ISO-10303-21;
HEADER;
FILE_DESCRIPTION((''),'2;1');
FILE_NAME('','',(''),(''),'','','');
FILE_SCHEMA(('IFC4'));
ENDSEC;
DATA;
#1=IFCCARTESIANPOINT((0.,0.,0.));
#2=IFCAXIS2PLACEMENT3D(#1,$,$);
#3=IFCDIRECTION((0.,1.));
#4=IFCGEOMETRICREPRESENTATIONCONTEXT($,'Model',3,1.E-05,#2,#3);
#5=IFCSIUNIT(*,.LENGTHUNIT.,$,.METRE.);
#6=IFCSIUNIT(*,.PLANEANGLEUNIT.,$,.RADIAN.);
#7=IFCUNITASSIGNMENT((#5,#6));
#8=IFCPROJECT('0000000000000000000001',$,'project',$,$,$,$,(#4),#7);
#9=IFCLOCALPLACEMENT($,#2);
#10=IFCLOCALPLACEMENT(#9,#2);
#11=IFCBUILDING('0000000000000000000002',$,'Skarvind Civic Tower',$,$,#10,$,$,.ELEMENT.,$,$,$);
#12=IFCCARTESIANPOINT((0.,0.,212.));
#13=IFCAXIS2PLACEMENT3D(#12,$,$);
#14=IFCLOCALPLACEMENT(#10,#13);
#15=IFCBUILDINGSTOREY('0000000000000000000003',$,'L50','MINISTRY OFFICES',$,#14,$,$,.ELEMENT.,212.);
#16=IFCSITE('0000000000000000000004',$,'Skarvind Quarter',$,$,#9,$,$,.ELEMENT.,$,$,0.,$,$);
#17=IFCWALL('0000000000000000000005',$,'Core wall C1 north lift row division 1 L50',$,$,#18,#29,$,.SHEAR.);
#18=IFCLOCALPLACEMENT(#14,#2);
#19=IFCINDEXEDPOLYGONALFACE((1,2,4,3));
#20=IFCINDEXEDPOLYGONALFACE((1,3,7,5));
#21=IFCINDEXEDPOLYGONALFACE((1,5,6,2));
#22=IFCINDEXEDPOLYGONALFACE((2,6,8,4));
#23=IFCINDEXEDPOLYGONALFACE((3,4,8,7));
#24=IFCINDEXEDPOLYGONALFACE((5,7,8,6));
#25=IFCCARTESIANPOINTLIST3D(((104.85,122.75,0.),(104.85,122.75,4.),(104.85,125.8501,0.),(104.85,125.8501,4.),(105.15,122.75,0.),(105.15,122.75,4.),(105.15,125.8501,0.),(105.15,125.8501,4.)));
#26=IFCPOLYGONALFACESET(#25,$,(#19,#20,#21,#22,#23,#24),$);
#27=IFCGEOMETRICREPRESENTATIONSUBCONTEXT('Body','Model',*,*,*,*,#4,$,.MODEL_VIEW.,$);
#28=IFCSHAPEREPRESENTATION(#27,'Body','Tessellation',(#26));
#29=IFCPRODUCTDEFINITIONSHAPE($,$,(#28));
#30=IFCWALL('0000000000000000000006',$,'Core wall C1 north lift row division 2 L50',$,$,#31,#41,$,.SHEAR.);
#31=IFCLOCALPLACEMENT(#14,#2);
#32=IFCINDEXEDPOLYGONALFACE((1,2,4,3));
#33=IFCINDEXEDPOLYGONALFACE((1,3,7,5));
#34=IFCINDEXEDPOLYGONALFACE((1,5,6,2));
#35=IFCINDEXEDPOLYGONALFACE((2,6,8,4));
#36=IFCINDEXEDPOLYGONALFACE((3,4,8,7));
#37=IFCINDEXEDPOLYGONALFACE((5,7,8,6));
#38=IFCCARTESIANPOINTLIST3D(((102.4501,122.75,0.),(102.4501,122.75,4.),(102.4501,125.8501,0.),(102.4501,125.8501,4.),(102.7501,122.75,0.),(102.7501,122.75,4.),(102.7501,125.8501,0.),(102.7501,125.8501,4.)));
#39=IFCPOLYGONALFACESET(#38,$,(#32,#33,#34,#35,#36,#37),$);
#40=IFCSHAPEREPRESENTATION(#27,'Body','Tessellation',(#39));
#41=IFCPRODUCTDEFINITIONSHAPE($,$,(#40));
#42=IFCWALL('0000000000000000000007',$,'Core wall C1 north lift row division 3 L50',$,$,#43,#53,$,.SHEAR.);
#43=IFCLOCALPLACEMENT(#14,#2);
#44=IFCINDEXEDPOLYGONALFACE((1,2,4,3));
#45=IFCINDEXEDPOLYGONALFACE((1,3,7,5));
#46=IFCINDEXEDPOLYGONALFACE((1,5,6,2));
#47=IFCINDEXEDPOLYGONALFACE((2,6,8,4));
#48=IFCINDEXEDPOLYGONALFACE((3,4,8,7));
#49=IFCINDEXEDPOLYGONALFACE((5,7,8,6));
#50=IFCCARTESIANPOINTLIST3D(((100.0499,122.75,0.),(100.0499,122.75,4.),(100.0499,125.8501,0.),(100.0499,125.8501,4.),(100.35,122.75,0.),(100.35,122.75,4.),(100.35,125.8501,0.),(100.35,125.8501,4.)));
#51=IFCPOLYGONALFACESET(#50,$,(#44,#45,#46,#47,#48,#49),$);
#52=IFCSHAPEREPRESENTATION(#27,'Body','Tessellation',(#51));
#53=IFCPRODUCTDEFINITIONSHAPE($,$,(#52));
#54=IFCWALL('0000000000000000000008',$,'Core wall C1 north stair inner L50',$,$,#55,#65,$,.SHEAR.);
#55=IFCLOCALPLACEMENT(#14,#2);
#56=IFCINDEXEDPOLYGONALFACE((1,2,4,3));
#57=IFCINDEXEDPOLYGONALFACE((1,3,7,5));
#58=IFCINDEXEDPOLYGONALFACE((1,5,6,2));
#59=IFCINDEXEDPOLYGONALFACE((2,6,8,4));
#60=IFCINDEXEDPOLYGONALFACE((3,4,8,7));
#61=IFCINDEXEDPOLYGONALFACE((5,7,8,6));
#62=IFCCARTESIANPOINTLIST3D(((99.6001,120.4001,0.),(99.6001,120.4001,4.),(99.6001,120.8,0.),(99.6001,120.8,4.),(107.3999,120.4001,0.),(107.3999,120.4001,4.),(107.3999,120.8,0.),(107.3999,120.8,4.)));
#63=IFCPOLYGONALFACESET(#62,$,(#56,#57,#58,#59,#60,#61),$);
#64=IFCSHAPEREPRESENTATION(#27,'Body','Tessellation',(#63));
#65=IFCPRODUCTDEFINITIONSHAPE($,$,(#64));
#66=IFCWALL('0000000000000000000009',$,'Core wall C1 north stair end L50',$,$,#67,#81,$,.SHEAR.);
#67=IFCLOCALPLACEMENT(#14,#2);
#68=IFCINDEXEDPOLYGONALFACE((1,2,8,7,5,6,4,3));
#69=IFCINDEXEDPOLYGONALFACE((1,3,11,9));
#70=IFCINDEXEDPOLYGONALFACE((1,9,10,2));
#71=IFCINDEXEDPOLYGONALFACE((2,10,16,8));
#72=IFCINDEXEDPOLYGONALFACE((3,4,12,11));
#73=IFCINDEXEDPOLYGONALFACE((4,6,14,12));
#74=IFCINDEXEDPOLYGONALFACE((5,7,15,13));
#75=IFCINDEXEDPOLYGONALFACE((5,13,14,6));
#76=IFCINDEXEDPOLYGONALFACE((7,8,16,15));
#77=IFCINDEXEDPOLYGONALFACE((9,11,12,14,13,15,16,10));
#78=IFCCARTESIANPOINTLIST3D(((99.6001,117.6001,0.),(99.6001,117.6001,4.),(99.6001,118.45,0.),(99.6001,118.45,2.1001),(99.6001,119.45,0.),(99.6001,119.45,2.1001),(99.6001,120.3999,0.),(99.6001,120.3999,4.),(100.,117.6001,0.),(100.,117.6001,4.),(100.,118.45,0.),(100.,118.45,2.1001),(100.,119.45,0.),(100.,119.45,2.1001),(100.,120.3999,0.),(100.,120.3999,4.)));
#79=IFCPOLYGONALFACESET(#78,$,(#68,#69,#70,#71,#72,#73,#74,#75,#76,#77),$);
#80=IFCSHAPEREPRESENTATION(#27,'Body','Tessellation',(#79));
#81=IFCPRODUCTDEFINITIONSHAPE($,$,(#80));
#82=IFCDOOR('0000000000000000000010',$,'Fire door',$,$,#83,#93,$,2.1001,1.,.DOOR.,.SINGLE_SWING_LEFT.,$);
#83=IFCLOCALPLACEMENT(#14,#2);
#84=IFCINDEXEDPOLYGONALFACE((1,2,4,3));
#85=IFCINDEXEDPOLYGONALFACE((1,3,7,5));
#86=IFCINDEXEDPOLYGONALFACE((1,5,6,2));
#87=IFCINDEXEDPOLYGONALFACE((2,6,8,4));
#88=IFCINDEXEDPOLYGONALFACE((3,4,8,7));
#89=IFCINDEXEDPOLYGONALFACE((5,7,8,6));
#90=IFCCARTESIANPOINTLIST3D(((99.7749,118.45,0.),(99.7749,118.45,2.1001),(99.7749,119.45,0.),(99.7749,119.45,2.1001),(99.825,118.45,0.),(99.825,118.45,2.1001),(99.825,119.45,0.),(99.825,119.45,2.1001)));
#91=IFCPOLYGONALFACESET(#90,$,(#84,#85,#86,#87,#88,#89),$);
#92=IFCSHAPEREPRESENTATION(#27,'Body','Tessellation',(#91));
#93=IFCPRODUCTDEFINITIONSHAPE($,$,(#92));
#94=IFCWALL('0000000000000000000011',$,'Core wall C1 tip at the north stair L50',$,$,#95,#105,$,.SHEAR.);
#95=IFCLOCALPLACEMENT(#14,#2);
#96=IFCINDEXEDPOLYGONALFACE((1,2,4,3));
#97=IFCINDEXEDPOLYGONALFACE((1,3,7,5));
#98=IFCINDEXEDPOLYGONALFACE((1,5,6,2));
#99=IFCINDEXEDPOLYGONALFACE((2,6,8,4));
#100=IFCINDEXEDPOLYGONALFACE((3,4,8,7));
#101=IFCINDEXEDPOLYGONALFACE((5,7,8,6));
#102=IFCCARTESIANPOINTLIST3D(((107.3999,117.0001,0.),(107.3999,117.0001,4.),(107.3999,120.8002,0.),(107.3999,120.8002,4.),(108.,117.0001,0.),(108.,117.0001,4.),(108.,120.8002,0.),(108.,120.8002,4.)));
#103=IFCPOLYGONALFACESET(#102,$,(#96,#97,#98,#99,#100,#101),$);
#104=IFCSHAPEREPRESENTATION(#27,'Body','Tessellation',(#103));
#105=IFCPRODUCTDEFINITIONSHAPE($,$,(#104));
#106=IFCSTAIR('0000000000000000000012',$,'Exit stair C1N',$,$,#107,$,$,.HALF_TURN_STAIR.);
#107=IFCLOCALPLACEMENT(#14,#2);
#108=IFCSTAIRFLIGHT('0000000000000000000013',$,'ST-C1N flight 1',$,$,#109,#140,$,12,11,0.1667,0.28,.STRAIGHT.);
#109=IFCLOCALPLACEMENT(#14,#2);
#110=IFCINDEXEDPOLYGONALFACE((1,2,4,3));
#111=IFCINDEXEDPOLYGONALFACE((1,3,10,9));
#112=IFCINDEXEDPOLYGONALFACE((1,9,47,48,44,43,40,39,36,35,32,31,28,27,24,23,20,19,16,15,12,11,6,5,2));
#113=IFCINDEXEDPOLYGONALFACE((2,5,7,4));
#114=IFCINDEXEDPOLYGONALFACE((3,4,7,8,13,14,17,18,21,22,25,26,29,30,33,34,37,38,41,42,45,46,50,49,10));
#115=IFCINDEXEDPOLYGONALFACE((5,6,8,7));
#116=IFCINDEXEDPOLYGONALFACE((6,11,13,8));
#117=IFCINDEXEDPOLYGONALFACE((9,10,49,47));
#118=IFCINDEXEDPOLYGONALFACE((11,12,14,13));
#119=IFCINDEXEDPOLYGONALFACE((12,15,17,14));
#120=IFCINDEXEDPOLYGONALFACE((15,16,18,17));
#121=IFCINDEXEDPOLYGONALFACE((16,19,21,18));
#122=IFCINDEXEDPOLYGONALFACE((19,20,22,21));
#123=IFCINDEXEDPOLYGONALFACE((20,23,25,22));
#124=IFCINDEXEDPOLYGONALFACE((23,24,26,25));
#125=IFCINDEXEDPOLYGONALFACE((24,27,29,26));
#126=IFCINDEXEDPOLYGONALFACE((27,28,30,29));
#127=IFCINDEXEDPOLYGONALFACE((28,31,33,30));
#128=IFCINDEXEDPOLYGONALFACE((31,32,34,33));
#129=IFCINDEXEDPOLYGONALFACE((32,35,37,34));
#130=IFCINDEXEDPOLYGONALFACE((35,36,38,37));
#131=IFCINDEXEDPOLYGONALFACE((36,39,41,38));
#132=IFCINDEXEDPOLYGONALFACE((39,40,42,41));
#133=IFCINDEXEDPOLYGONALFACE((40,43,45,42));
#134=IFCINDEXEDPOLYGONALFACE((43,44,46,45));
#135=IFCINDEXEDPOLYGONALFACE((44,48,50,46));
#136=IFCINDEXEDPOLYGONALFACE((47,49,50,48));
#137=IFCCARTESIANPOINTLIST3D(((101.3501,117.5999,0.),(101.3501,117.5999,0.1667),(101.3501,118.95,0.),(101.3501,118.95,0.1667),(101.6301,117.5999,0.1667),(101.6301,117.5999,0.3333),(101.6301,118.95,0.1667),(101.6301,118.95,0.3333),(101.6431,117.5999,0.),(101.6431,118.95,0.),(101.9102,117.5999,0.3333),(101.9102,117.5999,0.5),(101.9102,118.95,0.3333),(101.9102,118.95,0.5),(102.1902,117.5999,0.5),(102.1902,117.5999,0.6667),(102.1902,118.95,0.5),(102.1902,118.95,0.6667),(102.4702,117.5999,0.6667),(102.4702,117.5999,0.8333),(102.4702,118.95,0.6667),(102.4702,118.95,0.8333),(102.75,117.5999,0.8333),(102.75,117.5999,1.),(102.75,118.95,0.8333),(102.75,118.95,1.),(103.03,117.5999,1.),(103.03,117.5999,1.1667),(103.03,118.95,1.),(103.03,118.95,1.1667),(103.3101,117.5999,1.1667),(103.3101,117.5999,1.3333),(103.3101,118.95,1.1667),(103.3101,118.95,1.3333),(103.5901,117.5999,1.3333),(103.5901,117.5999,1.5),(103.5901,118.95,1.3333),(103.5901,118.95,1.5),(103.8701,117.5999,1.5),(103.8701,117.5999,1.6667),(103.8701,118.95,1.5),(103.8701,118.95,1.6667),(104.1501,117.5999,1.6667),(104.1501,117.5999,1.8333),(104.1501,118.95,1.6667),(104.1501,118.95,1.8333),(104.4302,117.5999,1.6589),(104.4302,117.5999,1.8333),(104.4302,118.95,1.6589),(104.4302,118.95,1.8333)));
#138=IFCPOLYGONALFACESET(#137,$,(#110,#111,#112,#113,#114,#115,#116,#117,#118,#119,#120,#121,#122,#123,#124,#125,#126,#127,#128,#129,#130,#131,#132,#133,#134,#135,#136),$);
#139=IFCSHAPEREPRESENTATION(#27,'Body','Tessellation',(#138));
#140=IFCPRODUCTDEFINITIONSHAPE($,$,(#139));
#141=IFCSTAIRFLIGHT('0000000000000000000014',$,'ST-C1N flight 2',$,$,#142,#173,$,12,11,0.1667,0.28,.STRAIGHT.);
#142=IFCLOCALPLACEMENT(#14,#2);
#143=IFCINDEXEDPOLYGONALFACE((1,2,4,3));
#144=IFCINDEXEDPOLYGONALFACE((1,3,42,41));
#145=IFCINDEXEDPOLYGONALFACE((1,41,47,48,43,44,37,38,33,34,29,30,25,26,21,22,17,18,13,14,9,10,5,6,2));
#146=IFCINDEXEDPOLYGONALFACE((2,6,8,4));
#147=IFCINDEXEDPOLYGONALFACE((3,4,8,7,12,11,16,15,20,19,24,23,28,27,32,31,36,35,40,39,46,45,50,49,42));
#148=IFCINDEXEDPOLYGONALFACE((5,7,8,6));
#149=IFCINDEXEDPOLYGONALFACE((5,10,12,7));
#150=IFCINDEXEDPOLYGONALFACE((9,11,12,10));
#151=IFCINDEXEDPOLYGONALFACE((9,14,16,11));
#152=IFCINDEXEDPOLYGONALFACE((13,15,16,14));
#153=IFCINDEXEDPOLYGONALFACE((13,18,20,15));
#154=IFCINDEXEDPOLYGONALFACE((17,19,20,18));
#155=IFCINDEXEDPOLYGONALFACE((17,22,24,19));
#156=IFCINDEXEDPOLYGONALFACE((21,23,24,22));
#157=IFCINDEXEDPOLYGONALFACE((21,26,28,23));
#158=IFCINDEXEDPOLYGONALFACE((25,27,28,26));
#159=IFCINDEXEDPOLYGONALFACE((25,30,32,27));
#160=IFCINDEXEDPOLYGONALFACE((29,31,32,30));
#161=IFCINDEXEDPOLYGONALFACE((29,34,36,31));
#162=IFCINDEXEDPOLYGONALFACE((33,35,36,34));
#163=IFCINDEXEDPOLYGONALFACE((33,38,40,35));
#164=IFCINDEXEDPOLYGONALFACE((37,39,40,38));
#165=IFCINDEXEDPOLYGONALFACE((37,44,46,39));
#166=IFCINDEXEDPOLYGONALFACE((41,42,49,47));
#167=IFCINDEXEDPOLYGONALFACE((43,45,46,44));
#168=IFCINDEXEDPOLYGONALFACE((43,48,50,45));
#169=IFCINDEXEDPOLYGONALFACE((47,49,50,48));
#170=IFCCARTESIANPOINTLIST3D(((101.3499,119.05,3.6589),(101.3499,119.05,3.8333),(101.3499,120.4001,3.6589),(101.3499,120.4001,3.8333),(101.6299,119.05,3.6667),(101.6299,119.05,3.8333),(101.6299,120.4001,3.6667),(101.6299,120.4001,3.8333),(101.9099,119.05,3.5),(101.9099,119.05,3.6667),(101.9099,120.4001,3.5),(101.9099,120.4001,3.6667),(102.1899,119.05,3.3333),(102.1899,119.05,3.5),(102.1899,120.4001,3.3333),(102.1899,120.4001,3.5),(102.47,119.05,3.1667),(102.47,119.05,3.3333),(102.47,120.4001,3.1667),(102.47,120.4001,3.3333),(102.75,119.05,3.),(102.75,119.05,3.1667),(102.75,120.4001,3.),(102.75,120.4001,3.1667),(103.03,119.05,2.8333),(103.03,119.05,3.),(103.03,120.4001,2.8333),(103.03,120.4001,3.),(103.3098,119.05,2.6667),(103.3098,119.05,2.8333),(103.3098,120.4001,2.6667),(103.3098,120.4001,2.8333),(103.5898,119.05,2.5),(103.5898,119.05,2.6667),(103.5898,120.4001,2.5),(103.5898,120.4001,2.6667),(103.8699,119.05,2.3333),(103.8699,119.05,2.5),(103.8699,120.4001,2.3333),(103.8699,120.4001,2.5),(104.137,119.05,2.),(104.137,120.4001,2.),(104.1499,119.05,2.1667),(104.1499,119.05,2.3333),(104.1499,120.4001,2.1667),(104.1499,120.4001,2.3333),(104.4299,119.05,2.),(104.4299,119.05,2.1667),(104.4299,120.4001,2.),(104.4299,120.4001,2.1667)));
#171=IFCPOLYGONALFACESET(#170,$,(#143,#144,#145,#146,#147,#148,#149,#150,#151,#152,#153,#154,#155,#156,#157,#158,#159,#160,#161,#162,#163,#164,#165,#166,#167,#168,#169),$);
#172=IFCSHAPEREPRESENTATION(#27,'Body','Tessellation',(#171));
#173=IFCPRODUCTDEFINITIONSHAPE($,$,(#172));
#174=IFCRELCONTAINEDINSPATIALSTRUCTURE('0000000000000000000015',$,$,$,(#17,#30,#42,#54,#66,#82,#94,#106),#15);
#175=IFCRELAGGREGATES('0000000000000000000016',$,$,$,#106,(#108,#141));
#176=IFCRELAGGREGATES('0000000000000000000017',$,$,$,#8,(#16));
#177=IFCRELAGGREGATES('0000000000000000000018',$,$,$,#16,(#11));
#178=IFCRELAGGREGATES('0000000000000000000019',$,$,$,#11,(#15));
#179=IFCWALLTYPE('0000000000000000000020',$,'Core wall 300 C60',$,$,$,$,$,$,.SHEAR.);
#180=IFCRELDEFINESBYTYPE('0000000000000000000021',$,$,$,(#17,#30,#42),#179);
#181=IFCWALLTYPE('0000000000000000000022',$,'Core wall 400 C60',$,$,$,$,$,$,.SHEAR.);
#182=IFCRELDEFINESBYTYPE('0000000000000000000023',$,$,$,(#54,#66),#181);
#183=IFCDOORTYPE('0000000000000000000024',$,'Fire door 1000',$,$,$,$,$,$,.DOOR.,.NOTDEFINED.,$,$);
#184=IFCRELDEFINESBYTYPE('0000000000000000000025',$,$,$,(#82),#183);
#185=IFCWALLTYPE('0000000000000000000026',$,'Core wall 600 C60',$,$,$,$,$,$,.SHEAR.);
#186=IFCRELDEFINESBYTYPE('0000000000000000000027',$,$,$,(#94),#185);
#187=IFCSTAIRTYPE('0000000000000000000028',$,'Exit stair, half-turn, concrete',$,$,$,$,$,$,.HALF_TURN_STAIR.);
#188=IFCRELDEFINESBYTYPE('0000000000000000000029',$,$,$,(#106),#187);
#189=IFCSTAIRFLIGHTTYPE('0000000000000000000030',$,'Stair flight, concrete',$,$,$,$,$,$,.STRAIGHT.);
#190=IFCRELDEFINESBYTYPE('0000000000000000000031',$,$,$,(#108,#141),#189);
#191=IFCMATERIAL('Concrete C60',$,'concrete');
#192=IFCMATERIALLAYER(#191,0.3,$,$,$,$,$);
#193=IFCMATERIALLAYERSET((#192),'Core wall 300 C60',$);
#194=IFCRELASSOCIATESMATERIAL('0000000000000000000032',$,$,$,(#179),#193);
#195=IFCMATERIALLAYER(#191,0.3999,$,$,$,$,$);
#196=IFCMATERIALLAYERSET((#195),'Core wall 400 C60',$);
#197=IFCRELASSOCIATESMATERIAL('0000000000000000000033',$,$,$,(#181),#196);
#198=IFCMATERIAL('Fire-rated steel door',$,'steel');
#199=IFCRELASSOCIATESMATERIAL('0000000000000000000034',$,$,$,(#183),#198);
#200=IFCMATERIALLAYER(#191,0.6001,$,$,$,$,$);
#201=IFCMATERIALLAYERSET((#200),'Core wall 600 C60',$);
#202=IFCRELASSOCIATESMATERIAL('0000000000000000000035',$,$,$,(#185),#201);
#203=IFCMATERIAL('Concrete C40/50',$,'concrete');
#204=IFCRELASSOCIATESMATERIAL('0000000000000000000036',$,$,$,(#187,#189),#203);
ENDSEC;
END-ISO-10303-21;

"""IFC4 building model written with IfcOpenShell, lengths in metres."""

from ifc_helpers import new_model, si_unit, direction, frame, frame_2d, origin, place, context, subcontext, project, spatial, polyline, rectangle, outline, extrude, material, layer, layer_set, type_object, element, fill, aggregate, save


model = new_model("IFC4")

# Units and contexts
model_context = context("Model", 3, precision=1e-05, world=origin(), true_north=direction((0.0, 1.0)))
body_context = subcontext(model_context, "Body", "Model", "MODEL_VIEW")
ifc_project = project(units=[si_unit("LENGTHUNIT", "METRE"), si_unit("PLANEANGLEUNIT", "RADIAN")], contexts=[model_context])

# Site, building, storey
site_placement = place(None, origin())
site = spatial("IfcSite", under=ifc_project, at=site_placement, Name="Skarvind Quarter", CompositionType="ELEMENT", RefElevation=0.0)
building_placement = place(site_placement, origin())
building = spatial("IfcBuilding", under=site, at=building_placement, Name="Skarvind Civic Tower", CompositionType="ELEMENT")
storey_placement = place(building_placement, frame((0.0, 0.0, 212.0)))
storey = spatial("IfcBuildingStorey", under=building, at=storey_placement, Name="L50", Description="MINISTRY OFFICES", CompositionType="ELEMENT", Elevation=212.0)

# Shared definitions
ifc_material_1 = material(Name="Concrete C60", Category="concrete")
ifc_layer_1 = layer(ifc_material_1, 0.3)
ifc_layer_set_1 = layer_set([ifc_layer_1], Name="Core wall 300 C60")
wall_type_1 = type_object("IfcWallType", Name="Core wall 300 C60", PredefinedType="SHEAR", material=ifc_layer_set_1)
ifc_material_2 = material(Name="Fire-rated steel door", Category="steel")

# Walls
for number, where, z_axis, x_axis, name in (
    (1, (105.0, 125.8501, 0.0), (0.0, 0.0, 1.0), (0.0, -1.0, 0.0), "Core wall C1 north lift row division 1 L50"),
    (2, (102.6001, 125.8501, 0.0), (0.0, 0.0, 1.0), (0.0, -1.0, 0.0), "Core wall C1 north lift row division 2 L50"),
    (3, (100.2, 125.8501, 0.0), (0.0, 0.0, 1.0), (0.0, -1.0, 0.0), "Core wall C1 north lift row division 3 L50"),
):
    element("IfcWall", number, at=place(storey_placement, frame(where, z_axis=z_axis, x_axis=x_axis)), inside=storey, type_object=wall_type_1, Name=name, PredefinedType="SHEAR", context=body_context, shape_type="SweptSolid", body=[
        extrude(rectangle(XDim=3.1001, YDim=0.3, at=frame_2d((1.55, 0.0))), origin(), (0.0, 0.0, 1.0), 4.0),
    ])
ifc_layer_2 = layer(ifc_material_1, 0.3999)
ifc_layer_set_2 = layer_set([ifc_layer_2], Name="Core wall 400 C60")
wall_type_2 = type_object("IfcWallType", Name="Core wall 400 C60", PredefinedType="SHEAR", material=ifc_layer_set_2)
wall_1_placement = place(storey_placement, frame((107.3999, 120.6001, 0.0), z_axis=(0.0, 0.0, 1.0), x_axis=(-1.0, 0.0, 0.0)))
element("IfcWall", 4, at=wall_1_placement, inside=storey, type_object=wall_type_2, Name="Core wall C1 north stair inner L50", PredefinedType="SHEAR", context=body_context, shape_type="SweptSolid", body=[
    extrude(rectangle(XDim=7.7998, YDim=0.3999, at=frame_2d((3.8999, 0.0))), origin(), (0.0, 0.0, 1.0), 4.0),
])

# Wall, opening, door
wall_2_placement = place(storey_placement, frame((99.8, 120.3999, 0.0), z_axis=(0.0, 0.0, 1.0), x_axis=(0.0, -1.0, 0.0)))
wall_2 = element("IfcWall", 5, at=wall_2_placement, inside=storey, type_object=wall_type_2, Name="Core wall C1 north stair end L50", PredefinedType="SHEAR", context=body_context, shape_type="SweptSolid", body=[
    extrude(rectangle(XDim=2.7998, YDim=0.3999, at=frame_2d((1.3999, 0.0))), origin(), (0.0, 0.0, 1.0), 4.0),
])
opening_1_placement = place(wall_2_placement, frame((0.95, 0.0, 0.0)))
opening_1 = element("IfcOpeningElement", 6, at=opening_1_placement, cuts=wall_2, PredefinedType="OPENING", context=body_context, shape_type="SweptSolid", body=[
    extrude(rectangle(XDim=1.0, YDim=2.1001, at=frame_2d((0.5, 1.05))), frame((0.0, 0.21, 0.0), z_axis=(0.0, -1.0, 0.0), x_axis=(1.0, 0.0, 0.0)), (0.0, 0.0, 1.0), 0.4199),
])
door_type_1 = type_object("IfcDoorType", Name="Fire door 1000", OperationType="NOTDEFINED", PredefinedType="DOOR", material=ifc_material_2)
door_1_placement = place(opening_1_placement, origin())
door_1 = element("IfcDoor", 7, at=door_1_placement, inside=storey, type_object=door_type_1, Name="Fire door", OperationType="SINGLE_SWING_LEFT", OverallHeight=2.1001, OverallWidth=1.0, PredefinedType="DOOR", context=body_context, shape_type="SweptSolid", body=[
    extrude(rectangle(XDim=1.0, YDim=2.1001, at=frame_2d((0.5, 1.05))), frame((0.0, 0.0249, 0.0), z_axis=(0.0, -1.0, 0.0), x_axis=(1.0, 0.0, 0.0)), (0.0, 0.0, 1.0), 0.05),
])
fill(opening_1, door_1)

# Wall
ifc_layer_3 = layer(ifc_material_1, 0.6001)
ifc_layer_set_3 = layer_set([ifc_layer_3], Name="Core wall 600 C60")
wall_type_3 = type_object("IfcWallType", Name="Core wall 600 C60", PredefinedType="SHEAR", material=ifc_layer_set_3)
wall_3_placement = place(storey_placement, frame((107.7, 120.8, 0.0), z_axis=(0.0, 0.0, 1.0), x_axis=(0.0, -1.0, 0.0)))
element("IfcWall", 8, at=wall_3_placement, inside=storey, type_object=wall_type_3, Name="Core wall C1 tip at the north stair L50", PredefinedType="SHEAR", context=body_context, shape_type="SweptSolid", body=[
    extrude(rectangle(XDim=3.8, YDim=0.6001, at=frame_2d((1.8999, 0.0))), origin(), (0.0, 0.0, 1.0), 4.0),
])

# Stair, stair flights
ifc_material_3 = material(Name="Concrete C40/50", Category="concrete")
stair_type = type_object("IfcStairType", Name="Exit stair, half-turn, concrete", PredefinedType="HALF_TURN_STAIR", material=ifc_material_3)
stair_placement = place(storey_placement, origin())
stair = element("IfcStair", 9, at=stair_placement, inside=storey, type_object=stair_type, Name="Exit stair C1N", PredefinedType="HALF_TURN_STAIR")
stair_flight_type = type_object("IfcStairFlightType", Name="Stair flight, concrete", PredefinedType="STRAIGHT", material=ifc_material_3)
stair_flight_1_placement = place(storey_placement, frame((101.3501, 118.2749, 0.0), z_axis=(0.0, 0.0, 1.0), x_axis=(1.0, 0.0, 0.0)))
stair_flight_1 = element("IfcStairFlight", 10, at=stair_flight_1_placement, type_object=stair_flight_type, Name="ST-C1N flight 1", NumberOfRisers=12, NumberOfTreads=11, PredefinedType="STRAIGHT", RiserHeight=0.1667, TreadLength=0.28, context=body_context, shape_type="SweptSolid", body=[
    extrude(outline(polyline([(0.0, 0.0), (0.0, 0.1667), (0.28, 0.1667), (0.28, 0.3333), (0.5601, 0.3333), (0.5601, 0.5), (0.8401, 0.5), (0.8401, 0.6667), (1.1201, 0.6667), (1.1201, 0.8333), (1.3999, 0.8333), (1.3999, 1.0), (1.6799, 1.0), (1.6799, 1.1667), (1.96, 1.1667), (1.96, 1.3333), (2.24, 1.3333), (2.24, 1.5), (2.52, 1.5), (2.52, 1.6667), (2.8, 1.6667), (2.8, 1.8333), (3.0801, 1.8333), (3.0801, 2.0), (3.0801, 1.6589), (0.293, 0.0), (0.0, 0.0)])), frame((0.0, 0.675, 0.0), z_axis=(0.0, -1.0, 0.0), x_axis=(1.0, 0.0, 0.0)), (0.0, 0.0, 1.0), 1.3501),
])
stair_flight_2_placement = place(storey_placement, frame((104.4299, 119.7251, 2.0), z_axis=(0.0, 0.0, 1.0), x_axis=(-1.0, 0.0, 0.0)))
stair_flight_2 = element("IfcStairFlight", 11, at=stair_flight_2_placement, type_object=stair_flight_type, Name="ST-C1N flight 2", NumberOfRisers=12, NumberOfTreads=11, PredefinedType="STRAIGHT", RiserHeight=0.1667, TreadLength=0.28, context=body_context, shape_type="SweptSolid", body=[
    extrude(outline(polyline([(0.0, 0.0), (0.0, 0.1667), (0.28, 0.1667), (0.28, 0.3333), (0.5601, 0.3333), (0.5601, 0.5), (0.8401, 0.5), (0.8401, 0.6667), (1.1201, 0.6667), (1.1201, 0.8333), (1.3999, 0.8333), (1.3999, 1.0), (1.6799, 1.0), (1.6799, 1.1667), (1.96, 1.1667), (1.96, 1.3333), (2.24, 1.3333), (2.24, 1.5), (2.52, 1.5), (2.52, 1.6667), (2.8, 1.6667), (2.8, 1.8333), (3.0801, 1.8333), (3.0801, 2.0), (3.0801, 1.6589), (0.293, 0.0), (0.0, 0.0)])), frame((0.0, 0.675, 0.0), z_axis=(0.0, -1.0, 0.0), x_axis=(1.0, 0.0, 0.0)), (0.0, 0.0, 1.0), 1.3501),
])
aggregate(stair, [stair_flight_1, stair_flight_2])

save(model, "model.ifc")
